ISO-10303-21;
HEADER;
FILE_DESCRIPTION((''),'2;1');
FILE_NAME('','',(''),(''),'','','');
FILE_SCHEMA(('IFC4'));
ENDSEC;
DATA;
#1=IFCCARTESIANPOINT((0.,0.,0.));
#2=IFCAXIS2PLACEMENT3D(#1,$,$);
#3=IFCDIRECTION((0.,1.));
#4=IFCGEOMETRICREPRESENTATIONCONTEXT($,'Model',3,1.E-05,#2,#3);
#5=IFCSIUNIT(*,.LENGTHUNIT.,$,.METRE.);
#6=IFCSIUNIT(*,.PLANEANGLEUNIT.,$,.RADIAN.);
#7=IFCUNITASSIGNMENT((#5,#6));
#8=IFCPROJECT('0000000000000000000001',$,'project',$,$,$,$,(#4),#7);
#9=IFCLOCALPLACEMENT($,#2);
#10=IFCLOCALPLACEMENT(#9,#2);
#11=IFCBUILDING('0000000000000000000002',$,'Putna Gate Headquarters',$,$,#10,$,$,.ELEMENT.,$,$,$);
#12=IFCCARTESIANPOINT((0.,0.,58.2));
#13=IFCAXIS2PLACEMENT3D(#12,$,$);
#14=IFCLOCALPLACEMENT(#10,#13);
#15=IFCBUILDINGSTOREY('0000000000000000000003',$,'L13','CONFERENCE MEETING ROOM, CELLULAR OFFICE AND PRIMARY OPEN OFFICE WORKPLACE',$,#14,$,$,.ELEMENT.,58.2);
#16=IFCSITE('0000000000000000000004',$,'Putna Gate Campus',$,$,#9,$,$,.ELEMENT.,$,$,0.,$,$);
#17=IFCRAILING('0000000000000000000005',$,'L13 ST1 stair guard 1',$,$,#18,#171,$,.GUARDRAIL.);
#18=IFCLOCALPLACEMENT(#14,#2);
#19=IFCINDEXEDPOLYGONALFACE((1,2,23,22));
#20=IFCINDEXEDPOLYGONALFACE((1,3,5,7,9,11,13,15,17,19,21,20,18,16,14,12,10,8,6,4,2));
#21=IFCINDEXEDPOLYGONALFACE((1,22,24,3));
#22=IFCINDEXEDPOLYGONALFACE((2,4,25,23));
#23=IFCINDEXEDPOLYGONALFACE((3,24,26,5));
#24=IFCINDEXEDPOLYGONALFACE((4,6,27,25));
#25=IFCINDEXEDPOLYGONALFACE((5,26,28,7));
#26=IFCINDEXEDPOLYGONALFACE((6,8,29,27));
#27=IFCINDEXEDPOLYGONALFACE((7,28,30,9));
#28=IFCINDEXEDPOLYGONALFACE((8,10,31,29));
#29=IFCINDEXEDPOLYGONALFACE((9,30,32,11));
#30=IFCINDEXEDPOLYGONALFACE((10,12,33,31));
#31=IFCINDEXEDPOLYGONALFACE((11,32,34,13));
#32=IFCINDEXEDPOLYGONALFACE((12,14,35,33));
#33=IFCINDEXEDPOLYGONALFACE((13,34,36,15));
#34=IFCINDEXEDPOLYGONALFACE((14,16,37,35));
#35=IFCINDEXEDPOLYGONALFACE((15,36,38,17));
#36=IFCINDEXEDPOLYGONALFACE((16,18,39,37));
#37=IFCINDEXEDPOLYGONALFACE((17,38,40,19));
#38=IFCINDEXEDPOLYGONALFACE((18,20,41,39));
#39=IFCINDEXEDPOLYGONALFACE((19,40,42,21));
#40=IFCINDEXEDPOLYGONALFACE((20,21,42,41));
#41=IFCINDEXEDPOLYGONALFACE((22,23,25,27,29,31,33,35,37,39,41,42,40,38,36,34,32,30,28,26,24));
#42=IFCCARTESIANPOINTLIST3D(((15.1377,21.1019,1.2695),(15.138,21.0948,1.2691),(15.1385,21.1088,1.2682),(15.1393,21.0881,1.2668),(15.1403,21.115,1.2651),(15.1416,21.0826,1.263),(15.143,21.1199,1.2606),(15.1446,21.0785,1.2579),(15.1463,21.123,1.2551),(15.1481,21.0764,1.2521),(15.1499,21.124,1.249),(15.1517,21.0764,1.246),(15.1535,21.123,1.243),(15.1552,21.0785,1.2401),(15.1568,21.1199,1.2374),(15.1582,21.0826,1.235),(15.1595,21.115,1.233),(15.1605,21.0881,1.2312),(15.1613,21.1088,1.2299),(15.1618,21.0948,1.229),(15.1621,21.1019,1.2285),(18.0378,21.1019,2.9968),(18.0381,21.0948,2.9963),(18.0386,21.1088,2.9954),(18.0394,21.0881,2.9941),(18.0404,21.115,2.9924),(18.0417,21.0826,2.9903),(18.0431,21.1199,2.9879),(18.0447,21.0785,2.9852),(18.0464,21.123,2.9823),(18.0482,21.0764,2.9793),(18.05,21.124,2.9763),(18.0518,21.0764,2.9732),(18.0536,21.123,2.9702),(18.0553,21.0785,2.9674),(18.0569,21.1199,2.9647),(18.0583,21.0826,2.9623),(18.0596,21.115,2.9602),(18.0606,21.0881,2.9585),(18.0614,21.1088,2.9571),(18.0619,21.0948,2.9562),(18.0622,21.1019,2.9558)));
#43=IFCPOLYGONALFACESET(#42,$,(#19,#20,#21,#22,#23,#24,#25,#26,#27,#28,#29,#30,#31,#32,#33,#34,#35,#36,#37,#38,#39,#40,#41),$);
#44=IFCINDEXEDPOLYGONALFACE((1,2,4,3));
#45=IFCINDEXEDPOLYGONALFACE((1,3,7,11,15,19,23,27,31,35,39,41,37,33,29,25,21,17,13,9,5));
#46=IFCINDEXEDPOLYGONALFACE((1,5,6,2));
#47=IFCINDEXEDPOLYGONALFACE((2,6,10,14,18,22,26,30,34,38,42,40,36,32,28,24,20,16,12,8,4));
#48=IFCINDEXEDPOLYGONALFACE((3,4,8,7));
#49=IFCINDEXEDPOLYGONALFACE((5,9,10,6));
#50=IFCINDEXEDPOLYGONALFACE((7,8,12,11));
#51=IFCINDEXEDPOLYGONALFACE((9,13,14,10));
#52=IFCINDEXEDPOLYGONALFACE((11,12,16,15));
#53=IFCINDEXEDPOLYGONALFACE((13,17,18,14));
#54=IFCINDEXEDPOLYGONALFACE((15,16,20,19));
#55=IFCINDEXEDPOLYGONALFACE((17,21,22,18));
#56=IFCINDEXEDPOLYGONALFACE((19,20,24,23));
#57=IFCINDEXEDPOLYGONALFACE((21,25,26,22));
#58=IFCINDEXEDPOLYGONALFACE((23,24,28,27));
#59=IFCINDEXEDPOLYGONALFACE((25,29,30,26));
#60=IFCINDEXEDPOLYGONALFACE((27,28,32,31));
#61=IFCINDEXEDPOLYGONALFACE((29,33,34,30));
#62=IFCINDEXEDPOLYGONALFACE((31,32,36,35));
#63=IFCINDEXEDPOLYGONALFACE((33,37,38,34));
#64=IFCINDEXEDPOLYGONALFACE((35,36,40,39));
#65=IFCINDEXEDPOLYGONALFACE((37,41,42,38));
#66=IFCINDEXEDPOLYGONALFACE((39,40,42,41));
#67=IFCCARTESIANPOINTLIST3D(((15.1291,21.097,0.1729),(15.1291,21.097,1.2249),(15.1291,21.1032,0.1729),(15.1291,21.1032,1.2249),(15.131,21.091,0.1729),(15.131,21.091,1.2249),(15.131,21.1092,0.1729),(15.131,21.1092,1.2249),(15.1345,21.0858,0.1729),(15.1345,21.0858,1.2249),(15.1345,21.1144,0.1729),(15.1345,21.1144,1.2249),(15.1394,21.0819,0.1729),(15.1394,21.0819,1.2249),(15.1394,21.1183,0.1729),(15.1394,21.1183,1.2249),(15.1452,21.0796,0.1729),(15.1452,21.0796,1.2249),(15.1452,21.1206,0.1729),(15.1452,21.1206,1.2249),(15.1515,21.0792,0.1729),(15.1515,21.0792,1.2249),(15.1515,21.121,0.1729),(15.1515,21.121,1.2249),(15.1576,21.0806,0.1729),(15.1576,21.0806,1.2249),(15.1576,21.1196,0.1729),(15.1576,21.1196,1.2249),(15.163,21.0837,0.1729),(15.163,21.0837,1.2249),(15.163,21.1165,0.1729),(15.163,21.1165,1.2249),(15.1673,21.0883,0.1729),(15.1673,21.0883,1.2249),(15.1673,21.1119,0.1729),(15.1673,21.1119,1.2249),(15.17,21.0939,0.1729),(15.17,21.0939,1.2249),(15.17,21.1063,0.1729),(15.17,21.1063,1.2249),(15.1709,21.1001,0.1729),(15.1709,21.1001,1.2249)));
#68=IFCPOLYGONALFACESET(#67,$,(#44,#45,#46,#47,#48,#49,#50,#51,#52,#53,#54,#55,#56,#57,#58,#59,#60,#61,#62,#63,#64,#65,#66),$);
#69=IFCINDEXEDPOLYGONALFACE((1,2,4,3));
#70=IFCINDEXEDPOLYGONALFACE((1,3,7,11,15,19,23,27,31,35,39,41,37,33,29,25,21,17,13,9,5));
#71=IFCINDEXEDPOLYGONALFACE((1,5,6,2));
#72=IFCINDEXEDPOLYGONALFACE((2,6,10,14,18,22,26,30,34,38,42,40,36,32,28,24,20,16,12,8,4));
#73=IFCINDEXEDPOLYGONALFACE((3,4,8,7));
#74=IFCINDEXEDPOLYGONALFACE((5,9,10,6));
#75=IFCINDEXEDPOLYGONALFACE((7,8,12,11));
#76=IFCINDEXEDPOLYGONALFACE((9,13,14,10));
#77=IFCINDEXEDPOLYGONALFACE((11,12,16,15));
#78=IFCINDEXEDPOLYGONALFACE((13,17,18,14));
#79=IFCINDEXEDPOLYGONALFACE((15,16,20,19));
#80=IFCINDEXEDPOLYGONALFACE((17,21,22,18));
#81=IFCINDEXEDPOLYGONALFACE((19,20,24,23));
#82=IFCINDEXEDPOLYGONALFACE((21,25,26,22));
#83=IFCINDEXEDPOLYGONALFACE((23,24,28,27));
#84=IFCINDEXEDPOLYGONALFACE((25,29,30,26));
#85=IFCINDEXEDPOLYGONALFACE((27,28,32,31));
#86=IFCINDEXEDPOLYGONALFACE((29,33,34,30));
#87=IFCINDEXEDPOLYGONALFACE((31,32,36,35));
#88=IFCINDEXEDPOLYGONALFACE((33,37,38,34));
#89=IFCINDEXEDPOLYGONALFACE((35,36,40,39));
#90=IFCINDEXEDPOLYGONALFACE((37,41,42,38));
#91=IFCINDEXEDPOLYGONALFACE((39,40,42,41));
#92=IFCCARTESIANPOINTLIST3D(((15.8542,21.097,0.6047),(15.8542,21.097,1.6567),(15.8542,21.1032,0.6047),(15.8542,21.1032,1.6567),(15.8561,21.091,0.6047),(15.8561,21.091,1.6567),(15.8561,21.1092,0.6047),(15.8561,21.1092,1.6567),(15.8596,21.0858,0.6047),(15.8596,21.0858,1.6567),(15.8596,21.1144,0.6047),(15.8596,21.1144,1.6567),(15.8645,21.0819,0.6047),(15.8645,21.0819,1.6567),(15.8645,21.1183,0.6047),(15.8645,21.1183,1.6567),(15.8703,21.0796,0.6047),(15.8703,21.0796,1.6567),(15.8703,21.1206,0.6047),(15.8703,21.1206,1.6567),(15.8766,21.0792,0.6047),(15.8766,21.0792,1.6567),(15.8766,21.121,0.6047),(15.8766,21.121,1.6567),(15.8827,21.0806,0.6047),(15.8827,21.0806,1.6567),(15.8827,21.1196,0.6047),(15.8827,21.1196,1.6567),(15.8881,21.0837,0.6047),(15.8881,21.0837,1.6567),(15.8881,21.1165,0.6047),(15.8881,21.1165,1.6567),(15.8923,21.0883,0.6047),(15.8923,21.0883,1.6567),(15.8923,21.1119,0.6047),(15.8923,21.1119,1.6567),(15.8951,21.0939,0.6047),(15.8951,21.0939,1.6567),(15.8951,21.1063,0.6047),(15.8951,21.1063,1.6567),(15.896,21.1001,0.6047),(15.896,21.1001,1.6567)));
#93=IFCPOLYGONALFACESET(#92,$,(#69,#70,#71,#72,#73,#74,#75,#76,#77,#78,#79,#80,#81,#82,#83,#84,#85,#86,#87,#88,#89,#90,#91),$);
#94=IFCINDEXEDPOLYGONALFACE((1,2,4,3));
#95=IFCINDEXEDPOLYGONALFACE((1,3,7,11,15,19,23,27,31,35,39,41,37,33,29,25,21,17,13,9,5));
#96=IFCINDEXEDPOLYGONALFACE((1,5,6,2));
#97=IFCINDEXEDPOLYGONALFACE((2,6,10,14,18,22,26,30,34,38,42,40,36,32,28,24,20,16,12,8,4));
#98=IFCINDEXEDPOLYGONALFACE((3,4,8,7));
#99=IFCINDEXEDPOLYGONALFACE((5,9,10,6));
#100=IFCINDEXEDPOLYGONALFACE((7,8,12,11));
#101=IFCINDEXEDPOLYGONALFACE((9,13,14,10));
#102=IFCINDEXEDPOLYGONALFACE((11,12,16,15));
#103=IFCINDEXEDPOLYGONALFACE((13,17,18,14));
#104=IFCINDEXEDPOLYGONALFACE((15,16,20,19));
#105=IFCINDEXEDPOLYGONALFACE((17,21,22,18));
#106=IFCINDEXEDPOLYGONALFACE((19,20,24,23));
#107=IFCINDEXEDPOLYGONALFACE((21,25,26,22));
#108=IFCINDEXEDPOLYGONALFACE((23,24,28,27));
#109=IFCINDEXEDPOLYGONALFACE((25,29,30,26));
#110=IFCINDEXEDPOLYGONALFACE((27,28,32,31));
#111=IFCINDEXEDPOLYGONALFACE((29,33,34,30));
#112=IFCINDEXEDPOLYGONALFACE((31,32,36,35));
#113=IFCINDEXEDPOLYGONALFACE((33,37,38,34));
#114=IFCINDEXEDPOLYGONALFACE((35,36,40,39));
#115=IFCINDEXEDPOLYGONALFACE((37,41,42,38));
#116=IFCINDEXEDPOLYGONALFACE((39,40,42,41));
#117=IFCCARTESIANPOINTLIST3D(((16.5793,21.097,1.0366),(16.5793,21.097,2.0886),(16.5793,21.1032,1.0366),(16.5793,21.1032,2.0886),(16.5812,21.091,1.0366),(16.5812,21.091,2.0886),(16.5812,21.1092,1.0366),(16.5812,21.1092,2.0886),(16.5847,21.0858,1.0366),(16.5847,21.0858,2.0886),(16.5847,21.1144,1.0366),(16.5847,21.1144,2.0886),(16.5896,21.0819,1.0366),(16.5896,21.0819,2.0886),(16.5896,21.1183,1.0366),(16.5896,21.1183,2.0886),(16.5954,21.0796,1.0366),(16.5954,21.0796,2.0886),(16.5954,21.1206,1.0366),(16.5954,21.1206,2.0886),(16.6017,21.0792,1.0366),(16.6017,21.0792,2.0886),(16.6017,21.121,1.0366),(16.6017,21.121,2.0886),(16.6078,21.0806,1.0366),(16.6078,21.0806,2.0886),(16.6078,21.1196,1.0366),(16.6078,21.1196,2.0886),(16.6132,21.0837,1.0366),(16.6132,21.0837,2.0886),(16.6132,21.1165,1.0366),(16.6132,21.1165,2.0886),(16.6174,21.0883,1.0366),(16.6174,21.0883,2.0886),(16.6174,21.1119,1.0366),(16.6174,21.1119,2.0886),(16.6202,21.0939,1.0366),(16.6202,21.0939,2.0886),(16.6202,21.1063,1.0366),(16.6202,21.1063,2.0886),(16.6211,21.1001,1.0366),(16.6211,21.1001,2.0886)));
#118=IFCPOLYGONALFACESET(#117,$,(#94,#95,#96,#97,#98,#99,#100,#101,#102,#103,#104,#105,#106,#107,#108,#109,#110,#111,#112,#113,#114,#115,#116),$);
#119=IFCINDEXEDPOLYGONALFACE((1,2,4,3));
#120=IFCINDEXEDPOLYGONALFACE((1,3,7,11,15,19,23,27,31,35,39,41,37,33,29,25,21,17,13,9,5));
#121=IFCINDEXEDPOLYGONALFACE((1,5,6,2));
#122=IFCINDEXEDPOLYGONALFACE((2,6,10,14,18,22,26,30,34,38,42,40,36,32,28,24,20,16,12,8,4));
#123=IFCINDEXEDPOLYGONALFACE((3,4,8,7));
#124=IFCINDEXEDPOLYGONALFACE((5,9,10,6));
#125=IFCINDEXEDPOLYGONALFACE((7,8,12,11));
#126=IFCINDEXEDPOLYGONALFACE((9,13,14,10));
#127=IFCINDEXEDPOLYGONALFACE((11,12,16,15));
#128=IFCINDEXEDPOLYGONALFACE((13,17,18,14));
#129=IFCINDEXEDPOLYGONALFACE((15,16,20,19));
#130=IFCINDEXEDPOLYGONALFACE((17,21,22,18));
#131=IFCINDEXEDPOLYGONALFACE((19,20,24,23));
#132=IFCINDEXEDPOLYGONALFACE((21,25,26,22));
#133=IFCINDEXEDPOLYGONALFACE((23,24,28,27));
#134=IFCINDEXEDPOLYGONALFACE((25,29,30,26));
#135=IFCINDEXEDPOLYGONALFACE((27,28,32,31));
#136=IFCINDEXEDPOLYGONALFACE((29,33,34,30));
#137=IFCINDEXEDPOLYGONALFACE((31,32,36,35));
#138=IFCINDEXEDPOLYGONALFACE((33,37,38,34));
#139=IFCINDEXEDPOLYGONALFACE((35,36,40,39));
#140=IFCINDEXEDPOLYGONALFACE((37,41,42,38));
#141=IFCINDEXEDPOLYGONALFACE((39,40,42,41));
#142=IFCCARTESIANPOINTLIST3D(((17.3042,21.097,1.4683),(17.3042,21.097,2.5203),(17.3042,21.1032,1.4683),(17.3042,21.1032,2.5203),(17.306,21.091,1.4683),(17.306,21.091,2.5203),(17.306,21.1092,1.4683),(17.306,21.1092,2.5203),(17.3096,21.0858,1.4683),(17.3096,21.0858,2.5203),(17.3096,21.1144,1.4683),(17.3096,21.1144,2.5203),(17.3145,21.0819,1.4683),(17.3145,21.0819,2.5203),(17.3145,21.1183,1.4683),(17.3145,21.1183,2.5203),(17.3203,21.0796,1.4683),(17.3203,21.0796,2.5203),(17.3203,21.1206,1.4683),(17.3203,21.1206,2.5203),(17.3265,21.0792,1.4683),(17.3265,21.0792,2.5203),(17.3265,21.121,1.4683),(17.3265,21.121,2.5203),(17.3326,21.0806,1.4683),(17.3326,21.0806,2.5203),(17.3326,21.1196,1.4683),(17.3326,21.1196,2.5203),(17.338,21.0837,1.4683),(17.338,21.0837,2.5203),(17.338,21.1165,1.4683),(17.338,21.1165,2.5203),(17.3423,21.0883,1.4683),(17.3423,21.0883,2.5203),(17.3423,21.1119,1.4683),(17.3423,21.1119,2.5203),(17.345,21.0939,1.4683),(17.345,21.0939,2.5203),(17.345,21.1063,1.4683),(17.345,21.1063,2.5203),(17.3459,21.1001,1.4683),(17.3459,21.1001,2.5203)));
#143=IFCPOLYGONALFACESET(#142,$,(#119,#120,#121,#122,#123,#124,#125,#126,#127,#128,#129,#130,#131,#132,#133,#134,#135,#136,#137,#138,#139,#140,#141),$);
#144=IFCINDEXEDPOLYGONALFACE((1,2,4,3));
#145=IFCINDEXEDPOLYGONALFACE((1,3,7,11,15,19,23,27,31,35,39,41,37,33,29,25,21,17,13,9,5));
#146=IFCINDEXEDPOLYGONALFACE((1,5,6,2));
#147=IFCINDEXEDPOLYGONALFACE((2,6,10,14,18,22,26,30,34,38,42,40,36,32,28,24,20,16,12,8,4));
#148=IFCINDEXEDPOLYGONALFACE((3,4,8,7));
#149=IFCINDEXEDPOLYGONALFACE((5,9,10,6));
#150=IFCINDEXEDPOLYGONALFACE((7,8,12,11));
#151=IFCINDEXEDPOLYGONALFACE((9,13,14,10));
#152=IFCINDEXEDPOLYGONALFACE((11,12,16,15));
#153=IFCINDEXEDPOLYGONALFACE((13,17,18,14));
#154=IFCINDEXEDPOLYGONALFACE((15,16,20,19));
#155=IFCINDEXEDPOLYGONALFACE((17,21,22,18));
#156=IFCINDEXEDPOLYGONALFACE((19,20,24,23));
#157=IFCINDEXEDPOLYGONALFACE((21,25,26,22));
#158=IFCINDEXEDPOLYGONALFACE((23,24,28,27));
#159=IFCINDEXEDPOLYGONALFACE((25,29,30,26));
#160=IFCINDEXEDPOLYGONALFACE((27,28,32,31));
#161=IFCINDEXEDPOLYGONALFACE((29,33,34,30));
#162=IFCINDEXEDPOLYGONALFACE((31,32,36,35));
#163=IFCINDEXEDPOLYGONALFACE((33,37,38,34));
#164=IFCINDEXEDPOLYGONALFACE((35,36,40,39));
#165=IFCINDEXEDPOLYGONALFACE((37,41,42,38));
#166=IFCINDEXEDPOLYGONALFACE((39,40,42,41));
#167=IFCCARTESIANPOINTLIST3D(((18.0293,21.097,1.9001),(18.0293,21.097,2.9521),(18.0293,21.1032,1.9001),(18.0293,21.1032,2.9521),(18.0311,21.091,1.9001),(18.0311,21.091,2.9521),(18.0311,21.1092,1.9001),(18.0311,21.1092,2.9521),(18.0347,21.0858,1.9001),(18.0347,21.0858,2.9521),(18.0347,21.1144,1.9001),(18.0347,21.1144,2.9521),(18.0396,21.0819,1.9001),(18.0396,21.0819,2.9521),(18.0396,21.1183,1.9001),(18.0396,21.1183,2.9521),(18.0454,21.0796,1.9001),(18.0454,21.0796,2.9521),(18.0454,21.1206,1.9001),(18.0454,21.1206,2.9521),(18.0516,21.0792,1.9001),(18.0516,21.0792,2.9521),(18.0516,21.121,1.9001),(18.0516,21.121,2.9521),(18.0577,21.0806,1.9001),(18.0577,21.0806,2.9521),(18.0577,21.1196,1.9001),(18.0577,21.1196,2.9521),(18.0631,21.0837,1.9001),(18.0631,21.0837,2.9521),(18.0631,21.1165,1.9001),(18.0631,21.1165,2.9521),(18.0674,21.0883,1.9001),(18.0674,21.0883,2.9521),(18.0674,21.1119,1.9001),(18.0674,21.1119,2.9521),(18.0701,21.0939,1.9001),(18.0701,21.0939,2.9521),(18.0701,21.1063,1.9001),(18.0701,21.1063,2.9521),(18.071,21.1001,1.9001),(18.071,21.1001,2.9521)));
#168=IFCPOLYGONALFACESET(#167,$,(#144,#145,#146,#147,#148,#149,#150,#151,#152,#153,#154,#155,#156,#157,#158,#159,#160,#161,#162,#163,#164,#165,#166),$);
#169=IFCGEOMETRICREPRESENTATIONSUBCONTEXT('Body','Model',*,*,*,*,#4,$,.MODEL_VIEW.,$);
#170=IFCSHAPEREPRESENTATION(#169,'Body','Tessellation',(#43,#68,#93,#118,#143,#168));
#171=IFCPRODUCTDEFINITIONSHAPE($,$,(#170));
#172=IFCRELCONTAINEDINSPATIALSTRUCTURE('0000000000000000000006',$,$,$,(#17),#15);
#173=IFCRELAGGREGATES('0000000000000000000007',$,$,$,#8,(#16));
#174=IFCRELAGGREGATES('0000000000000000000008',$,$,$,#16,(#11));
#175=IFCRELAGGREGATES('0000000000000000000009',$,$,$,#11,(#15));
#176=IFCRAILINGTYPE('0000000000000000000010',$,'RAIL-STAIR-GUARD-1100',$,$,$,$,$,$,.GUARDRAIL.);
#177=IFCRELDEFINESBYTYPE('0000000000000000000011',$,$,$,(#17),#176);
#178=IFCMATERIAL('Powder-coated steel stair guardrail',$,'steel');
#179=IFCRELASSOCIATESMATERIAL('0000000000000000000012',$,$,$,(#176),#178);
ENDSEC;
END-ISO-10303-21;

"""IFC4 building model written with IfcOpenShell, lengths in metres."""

from ifc_helpers import new_model, si_unit, direction, frame, origin, origin_2d, place, context, subcontext, project, spatial, circle, extrude, material, type_object, element, save


model = new_model("IFC4")

# Units and contexts
model_context = context("Model", 3, precision=1e-05, world=origin(), true_north=direction((0.0, 1.0)))
body_context = subcontext(model_context, "Body", "Model", "MODEL_VIEW")
ifc_project = project(units=[si_unit("LENGTHUNIT", "METRE"), si_unit("PLANEANGLEUNIT", "RADIAN")], contexts=[model_context])

# Site, building, storey
site_placement = place(None, origin())
site = spatial("IfcSite", under=ifc_project, at=site_placement, Name="Putna Gate Campus", CompositionType="ELEMENT", RefElevation=0.0)
building_placement = place(site_placement, origin())
building = spatial("IfcBuilding", under=site, at=building_placement, Name="Putna Gate Headquarters", CompositionType="ELEMENT")
storey_placement = place(building_placement, frame((0.0, 0.0, 58.2)))
storey = spatial("IfcBuildingStorey", under=building, at=storey_placement, Name="L13", Description="CONFERENCE MEETING ROOM, CELLULAR OFFICE AND PRIMARY OPEN OFFICE WORKPLACE", CompositionType="ELEMENT", Elevation=58.2)

# Railing
ifc_material_1 = material(Name="Powder-coated steel stair guardrail", Category="steel")
railing_type_1 = type_object("IfcRailingType", Name="RAIL-STAIR-GUARD-1100", PredefinedType="GUARDRAIL", material=ifc_material_1)
railing_1_placement = place(storey_placement, frame((15.1499, 21.1001, 0.1729)))
element("IfcRailing", 1, at=railing_1_placement, inside=storey, type_object=railing_type_1, Name="L13 ST1 stair guard 1", PredefinedType="GUARDRAIL", context=body_context, shape_type="SweptSolid", body=[
    extrude(circle(Radius=0.0239, at=origin_2d()), frame((0.0, 0.0, 1.0762), z_axis=(0.85916, 0.0, 0.511706), x_axis=(0.0, 1.0, 0.0)), (0.0, 0.0, 1.0), 3.3755),
    extrude(circle(Radius=0.021, at=origin_2d()), origin(), (0.0, 0.0, 1.0), 1.052),
    extrude(circle(Radius=0.021, at=origin_2d()), frame((0.7251, 0.0, 0.4319)), (0.0, 0.0, 1.0), 1.052),
    extrude(circle(Radius=0.021, at=origin_2d()), frame((1.4502, 0.0, 0.8638)), (0.0, 0.0, 1.0), 1.052),
    extrude(circle(Radius=0.021, at=origin_2d()), frame((2.175, 0.0, 1.2954)), (0.0, 0.0, 1.0), 1.052),
    extrude(circle(Radius=0.021, at=origin_2d()), frame((2.9001, 0.0, 1.7273)), (0.0, 0.0, 1.0), 1.052),
])

save(model, "model.ifc")
